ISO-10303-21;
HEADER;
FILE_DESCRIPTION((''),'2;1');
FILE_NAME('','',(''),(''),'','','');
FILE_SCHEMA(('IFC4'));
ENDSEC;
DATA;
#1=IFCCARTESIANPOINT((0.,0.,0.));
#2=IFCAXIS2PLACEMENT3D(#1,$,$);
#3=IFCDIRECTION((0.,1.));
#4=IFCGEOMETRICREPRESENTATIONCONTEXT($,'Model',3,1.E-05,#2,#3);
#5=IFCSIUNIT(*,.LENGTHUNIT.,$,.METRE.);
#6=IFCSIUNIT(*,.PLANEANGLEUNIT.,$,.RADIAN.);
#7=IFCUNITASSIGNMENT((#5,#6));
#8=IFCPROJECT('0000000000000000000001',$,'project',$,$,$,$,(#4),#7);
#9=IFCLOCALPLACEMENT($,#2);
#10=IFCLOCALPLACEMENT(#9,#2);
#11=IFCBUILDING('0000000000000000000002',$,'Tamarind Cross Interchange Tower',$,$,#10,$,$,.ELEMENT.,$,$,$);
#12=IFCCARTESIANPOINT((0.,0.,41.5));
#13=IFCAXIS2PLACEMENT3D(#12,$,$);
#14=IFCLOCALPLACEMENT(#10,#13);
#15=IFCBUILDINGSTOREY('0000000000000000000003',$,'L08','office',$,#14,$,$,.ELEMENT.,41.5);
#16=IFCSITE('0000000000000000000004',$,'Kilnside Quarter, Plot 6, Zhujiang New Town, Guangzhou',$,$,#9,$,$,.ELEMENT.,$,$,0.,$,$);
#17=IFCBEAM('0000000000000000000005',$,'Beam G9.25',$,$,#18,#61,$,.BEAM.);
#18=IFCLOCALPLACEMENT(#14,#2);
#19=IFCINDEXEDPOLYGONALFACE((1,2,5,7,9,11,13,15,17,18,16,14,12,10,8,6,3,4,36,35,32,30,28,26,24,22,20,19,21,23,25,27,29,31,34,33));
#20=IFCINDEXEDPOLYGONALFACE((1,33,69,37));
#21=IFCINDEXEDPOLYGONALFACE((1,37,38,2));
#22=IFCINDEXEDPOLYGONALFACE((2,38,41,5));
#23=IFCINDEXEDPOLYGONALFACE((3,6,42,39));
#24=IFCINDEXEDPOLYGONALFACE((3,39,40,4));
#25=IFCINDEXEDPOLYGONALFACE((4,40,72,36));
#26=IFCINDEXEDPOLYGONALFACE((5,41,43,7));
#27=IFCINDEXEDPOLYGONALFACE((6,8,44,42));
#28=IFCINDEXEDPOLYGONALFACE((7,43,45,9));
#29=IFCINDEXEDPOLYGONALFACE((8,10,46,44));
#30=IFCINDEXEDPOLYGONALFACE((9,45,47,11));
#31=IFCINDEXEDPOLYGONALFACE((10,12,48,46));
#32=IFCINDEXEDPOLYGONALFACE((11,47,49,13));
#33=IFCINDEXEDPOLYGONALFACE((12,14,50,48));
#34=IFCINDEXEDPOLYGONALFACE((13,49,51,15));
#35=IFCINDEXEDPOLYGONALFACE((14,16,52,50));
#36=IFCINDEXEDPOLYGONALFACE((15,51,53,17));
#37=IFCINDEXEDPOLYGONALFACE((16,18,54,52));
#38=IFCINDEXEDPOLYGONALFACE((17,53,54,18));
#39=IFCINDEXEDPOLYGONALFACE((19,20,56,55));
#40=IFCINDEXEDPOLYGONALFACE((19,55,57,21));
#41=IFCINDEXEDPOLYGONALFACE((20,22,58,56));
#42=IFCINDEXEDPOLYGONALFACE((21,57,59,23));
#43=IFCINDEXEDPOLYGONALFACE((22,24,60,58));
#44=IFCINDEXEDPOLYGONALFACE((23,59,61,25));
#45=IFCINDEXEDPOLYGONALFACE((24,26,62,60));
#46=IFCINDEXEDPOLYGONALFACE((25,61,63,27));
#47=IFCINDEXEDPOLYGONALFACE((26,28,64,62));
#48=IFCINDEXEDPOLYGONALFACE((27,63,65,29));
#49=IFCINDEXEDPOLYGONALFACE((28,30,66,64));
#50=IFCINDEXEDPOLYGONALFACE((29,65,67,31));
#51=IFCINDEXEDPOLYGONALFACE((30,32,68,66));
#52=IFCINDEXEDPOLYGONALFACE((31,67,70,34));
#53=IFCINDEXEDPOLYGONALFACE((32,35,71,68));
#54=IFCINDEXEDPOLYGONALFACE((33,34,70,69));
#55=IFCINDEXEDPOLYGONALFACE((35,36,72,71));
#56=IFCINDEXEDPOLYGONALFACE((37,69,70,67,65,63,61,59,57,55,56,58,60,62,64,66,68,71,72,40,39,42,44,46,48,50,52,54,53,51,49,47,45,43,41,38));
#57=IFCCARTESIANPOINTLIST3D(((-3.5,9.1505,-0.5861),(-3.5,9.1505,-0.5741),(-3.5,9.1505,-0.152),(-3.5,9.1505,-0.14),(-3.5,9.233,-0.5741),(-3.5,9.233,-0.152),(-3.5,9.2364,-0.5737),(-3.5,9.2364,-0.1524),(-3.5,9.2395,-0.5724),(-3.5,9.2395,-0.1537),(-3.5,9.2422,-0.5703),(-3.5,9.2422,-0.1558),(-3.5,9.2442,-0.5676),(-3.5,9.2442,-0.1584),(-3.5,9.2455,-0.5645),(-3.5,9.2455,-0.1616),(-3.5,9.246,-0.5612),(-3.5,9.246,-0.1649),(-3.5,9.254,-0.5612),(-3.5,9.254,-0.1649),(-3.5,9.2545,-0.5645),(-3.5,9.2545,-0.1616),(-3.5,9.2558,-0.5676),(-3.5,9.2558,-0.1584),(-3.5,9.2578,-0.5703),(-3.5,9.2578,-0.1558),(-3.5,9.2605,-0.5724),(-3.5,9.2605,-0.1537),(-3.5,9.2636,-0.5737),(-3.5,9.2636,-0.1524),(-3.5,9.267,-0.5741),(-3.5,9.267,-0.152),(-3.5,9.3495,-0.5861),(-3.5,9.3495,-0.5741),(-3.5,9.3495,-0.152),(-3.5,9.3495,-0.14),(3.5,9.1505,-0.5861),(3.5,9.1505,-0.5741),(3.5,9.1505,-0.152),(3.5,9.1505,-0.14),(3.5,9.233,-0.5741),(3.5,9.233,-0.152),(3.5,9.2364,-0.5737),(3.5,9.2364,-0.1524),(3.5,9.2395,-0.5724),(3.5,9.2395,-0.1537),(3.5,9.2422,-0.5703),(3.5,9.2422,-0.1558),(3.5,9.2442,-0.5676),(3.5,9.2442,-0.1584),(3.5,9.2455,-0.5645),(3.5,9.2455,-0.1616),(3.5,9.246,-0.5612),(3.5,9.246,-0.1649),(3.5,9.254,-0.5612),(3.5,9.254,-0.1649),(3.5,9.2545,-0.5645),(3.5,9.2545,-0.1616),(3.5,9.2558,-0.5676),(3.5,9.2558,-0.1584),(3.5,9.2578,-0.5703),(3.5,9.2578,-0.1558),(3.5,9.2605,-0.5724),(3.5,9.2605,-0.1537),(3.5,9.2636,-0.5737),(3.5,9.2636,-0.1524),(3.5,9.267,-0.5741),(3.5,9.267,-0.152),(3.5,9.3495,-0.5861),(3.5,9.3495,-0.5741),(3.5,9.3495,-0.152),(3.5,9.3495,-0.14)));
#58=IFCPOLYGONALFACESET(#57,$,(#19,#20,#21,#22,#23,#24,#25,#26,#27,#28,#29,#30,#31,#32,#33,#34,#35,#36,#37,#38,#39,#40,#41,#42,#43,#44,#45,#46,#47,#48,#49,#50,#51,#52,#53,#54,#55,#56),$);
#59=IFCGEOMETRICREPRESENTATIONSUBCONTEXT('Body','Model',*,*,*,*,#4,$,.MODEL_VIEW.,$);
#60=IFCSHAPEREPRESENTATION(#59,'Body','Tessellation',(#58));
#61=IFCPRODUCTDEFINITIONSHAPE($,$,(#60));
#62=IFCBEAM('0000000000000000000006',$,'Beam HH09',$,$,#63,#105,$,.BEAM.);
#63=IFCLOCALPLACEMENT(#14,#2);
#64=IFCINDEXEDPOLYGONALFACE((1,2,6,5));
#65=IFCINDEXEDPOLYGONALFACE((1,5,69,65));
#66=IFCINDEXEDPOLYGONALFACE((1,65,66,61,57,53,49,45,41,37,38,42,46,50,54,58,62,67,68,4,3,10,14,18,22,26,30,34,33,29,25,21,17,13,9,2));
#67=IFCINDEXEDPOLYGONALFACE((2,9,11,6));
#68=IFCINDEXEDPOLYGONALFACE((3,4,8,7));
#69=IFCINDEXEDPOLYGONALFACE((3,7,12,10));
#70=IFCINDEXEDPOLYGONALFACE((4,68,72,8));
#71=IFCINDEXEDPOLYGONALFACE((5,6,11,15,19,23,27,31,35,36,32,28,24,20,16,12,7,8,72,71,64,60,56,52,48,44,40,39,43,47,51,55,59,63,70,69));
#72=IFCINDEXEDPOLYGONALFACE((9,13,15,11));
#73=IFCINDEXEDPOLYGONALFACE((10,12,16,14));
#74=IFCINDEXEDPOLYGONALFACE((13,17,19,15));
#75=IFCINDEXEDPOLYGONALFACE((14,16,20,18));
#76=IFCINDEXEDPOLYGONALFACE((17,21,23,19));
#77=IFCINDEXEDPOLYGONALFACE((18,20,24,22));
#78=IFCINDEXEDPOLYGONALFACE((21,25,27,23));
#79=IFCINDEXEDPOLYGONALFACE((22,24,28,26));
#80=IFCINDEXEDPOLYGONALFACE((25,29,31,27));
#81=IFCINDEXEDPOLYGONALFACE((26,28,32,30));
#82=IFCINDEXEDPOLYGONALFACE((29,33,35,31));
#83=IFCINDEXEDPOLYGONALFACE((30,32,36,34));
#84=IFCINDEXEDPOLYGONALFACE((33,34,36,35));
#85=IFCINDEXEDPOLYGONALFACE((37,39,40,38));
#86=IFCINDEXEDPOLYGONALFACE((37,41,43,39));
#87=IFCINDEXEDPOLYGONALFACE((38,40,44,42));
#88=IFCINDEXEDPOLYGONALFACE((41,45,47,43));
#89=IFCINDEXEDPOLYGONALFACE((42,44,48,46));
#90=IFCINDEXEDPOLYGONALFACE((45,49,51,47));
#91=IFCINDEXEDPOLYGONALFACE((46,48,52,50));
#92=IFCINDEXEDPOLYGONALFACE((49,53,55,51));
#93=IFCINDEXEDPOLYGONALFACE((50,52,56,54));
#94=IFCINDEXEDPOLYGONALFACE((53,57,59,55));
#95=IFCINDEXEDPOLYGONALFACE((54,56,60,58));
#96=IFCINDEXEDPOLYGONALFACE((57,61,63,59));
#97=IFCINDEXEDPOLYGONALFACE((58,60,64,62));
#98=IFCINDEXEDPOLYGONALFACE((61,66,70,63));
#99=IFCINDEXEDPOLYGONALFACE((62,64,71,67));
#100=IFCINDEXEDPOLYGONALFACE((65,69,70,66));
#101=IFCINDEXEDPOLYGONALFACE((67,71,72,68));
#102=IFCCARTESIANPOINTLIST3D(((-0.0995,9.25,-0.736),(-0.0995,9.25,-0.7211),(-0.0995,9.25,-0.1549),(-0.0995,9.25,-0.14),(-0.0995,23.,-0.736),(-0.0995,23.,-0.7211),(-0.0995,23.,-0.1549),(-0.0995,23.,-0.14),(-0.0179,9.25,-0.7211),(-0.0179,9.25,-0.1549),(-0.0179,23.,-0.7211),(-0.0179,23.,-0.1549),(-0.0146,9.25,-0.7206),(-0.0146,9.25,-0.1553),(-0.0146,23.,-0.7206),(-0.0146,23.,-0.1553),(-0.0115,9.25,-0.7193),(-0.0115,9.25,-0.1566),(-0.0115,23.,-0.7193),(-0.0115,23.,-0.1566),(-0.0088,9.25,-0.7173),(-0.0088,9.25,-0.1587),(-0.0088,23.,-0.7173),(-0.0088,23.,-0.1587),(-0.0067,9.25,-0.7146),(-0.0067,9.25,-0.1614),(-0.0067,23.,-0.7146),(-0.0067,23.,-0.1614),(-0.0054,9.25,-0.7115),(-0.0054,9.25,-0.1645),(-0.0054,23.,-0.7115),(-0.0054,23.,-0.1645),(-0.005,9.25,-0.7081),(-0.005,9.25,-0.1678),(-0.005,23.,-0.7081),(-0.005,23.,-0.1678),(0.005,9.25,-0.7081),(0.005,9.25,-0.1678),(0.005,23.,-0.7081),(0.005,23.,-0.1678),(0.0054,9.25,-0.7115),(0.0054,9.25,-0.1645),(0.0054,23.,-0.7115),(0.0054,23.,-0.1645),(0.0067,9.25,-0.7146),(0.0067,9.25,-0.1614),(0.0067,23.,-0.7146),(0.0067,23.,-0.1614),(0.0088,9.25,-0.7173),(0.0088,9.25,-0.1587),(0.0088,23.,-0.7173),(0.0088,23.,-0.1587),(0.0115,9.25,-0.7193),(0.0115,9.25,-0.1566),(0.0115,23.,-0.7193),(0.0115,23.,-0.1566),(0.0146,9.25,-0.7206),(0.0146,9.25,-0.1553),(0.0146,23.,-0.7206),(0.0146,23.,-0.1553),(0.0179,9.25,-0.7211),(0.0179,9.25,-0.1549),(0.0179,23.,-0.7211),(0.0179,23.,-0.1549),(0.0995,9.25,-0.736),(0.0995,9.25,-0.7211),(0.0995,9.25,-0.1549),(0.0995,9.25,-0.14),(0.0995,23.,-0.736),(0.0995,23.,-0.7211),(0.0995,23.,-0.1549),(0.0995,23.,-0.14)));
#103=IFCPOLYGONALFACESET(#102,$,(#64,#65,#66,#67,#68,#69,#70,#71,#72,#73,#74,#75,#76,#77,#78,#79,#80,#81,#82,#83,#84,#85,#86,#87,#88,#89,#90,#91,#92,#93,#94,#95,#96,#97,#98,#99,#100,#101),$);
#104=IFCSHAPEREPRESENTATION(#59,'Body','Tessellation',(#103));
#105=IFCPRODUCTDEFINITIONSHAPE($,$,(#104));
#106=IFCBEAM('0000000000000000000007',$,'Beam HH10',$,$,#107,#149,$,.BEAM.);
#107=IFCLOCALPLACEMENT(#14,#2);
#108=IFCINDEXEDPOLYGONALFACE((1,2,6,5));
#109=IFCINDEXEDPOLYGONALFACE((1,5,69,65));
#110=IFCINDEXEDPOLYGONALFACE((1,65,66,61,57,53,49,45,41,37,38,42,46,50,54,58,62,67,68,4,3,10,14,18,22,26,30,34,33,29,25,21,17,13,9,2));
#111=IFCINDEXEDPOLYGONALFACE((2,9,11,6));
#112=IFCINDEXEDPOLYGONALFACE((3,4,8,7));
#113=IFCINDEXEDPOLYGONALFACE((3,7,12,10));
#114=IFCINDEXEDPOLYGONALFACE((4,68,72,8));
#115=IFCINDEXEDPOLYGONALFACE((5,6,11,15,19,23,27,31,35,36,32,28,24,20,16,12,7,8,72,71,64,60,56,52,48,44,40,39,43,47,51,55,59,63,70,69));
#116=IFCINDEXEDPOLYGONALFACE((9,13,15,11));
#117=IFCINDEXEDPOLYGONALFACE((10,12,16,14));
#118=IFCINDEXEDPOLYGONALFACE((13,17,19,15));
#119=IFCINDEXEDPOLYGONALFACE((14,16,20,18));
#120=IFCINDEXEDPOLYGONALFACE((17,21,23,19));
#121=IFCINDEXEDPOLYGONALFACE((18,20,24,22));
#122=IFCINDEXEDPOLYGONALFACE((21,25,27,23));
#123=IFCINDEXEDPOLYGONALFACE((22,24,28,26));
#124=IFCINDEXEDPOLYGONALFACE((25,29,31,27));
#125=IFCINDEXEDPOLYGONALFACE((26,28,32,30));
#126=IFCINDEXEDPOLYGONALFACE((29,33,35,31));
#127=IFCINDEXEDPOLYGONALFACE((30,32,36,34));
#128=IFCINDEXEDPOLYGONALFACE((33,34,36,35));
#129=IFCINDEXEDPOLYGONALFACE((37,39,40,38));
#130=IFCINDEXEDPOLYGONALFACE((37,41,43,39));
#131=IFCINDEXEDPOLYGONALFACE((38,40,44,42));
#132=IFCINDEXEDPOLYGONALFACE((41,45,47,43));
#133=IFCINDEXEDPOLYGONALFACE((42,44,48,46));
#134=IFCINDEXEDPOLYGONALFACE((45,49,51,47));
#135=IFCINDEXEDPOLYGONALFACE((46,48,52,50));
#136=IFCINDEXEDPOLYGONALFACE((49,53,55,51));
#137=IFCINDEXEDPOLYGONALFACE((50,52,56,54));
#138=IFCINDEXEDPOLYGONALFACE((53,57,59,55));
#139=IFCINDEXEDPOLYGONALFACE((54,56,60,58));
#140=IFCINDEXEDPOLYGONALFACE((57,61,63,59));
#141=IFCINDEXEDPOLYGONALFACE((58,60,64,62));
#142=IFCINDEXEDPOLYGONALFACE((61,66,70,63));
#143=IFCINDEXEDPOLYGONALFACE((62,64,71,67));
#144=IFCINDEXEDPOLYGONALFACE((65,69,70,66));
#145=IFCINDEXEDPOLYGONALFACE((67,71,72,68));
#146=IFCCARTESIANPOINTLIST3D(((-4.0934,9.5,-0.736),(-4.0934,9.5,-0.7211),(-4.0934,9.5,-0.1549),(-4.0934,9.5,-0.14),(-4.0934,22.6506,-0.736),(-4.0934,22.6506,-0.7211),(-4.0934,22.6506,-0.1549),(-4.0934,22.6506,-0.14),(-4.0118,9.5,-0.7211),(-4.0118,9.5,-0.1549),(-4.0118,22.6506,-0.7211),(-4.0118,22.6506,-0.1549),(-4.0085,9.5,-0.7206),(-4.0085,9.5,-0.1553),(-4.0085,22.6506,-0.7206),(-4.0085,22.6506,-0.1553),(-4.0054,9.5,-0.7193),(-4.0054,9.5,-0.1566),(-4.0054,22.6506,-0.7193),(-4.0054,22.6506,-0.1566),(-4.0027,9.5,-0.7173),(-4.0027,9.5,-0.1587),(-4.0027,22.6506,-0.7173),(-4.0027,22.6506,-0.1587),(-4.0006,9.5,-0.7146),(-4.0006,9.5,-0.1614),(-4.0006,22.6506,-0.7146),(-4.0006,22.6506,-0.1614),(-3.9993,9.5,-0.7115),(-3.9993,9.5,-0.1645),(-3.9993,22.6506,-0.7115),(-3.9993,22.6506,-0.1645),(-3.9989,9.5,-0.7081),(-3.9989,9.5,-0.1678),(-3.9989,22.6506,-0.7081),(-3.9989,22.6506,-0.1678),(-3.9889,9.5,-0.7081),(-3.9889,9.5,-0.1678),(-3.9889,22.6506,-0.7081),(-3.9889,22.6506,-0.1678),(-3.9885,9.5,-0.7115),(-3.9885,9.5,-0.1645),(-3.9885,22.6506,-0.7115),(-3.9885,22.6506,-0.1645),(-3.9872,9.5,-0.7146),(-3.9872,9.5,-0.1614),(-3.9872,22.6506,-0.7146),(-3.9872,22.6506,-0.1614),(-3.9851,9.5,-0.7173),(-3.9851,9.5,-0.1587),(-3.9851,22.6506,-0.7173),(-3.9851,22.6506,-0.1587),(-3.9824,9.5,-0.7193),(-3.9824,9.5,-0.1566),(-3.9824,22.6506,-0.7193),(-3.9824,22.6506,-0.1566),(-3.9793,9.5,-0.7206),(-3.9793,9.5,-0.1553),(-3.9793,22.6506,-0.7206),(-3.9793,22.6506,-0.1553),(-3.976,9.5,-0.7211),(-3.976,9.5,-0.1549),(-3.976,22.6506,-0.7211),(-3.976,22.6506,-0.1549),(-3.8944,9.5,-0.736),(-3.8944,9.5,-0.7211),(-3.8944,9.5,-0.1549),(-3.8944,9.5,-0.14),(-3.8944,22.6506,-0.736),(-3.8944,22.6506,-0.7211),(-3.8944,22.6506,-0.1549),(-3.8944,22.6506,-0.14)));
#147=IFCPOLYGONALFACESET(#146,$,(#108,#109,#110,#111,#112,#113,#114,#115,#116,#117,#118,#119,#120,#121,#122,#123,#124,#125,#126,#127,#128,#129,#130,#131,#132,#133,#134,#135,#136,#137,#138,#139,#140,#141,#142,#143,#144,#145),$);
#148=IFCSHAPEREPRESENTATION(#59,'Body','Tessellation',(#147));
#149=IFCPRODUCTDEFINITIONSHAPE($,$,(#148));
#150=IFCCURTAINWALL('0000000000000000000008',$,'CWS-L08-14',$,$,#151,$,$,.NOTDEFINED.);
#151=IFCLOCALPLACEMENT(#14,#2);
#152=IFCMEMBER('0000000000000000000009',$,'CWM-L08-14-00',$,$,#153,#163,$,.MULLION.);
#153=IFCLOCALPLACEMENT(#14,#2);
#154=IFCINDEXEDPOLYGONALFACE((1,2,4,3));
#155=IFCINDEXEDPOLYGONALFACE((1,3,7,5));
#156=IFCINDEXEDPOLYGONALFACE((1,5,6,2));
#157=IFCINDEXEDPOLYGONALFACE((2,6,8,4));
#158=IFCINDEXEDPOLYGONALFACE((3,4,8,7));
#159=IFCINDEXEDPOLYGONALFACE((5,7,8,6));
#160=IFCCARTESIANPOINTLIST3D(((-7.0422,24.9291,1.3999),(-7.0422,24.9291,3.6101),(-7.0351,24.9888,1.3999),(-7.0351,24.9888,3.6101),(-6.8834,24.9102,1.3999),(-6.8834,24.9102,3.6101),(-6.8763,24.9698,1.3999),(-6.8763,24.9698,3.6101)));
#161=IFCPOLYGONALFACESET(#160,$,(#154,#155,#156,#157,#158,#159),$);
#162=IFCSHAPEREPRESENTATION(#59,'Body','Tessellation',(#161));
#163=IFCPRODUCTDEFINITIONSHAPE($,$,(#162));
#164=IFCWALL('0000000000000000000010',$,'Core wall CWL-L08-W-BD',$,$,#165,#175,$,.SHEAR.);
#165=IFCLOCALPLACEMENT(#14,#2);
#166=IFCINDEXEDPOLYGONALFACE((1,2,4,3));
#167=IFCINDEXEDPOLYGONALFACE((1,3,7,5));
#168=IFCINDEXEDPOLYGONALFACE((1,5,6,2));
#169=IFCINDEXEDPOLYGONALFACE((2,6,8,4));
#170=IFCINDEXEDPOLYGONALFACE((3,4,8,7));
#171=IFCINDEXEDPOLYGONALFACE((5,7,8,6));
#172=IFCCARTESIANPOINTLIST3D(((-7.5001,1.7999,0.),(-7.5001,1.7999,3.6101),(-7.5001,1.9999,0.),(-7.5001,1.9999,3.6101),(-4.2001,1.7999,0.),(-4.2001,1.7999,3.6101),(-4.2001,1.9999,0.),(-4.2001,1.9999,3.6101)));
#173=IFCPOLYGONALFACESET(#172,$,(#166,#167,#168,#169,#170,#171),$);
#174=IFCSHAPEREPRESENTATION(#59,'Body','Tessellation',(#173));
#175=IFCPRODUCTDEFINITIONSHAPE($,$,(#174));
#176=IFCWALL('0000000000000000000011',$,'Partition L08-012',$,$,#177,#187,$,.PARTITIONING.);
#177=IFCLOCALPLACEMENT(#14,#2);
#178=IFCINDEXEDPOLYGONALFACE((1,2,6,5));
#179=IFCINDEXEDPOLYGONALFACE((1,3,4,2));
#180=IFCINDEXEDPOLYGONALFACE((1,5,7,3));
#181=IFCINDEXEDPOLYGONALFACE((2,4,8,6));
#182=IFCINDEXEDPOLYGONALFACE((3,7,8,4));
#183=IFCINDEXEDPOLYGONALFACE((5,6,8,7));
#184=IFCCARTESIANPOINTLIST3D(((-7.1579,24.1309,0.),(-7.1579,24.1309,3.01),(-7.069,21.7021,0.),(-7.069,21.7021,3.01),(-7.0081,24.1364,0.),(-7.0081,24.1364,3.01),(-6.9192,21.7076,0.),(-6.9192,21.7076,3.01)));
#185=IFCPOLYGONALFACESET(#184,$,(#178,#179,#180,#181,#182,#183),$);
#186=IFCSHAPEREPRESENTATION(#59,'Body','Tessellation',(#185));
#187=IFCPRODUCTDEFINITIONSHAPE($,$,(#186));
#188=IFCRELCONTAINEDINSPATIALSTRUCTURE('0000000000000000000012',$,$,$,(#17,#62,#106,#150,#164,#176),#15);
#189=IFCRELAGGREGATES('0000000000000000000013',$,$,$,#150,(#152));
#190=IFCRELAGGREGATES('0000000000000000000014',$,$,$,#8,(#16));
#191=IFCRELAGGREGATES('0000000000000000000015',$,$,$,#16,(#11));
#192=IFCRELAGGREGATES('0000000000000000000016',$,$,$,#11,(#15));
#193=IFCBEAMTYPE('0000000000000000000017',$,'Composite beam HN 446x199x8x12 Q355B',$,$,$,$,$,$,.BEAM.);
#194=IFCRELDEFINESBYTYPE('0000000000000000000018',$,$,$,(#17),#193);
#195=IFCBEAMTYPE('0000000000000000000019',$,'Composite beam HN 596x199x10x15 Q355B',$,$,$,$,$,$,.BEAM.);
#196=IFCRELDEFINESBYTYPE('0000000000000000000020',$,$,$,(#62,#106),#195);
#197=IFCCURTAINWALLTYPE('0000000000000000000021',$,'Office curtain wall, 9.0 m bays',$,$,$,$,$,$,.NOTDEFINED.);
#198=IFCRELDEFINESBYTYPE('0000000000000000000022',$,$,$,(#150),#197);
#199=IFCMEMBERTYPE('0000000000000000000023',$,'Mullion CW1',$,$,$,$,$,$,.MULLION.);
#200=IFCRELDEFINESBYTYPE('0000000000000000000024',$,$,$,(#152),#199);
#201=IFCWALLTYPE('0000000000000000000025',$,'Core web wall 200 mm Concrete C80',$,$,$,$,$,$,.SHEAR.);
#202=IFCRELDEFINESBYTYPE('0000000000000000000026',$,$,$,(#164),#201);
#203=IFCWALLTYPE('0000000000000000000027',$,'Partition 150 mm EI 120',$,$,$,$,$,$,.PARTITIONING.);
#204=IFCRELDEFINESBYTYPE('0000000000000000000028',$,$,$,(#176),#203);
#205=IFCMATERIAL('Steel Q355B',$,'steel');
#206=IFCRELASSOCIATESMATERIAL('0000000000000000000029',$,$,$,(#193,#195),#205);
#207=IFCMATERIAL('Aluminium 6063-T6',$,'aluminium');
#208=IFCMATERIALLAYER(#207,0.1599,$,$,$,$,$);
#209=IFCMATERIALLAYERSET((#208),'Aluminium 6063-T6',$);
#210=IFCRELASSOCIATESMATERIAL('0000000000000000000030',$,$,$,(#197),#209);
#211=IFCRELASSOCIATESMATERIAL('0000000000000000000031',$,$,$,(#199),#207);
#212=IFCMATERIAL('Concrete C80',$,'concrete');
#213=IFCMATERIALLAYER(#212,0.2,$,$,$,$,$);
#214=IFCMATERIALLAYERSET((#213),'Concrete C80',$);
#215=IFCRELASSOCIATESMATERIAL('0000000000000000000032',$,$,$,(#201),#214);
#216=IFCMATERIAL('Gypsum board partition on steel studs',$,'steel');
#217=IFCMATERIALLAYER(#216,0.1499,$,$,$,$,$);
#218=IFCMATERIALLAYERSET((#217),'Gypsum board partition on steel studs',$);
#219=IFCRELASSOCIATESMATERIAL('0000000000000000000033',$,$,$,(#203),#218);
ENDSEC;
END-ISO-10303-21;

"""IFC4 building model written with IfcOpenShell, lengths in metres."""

from ifc_helpers import new_model, si_unit, direction, frame, frame_2d, origin, origin_2d, place, context, subcontext, project, spatial, rectangle, i_section, extrude, material, layer, layer_set, material_profile, profile_set, type_object, element, aggregate, save


model = new_model("IFC4")

# Units and contexts
model_context = context("Model", 3, precision=1e-05, world=origin(), true_north=direction((0.0, 1.0)))
body_context = subcontext(model_context, "Body", "Model", "MODEL_VIEW")
ifc_project = project(units=[si_unit("LENGTHUNIT", "METRE"), si_unit("PLANEANGLEUNIT", "RADIAN")], contexts=[model_context])

# Site, building, storey
site_placement = place(None, origin())
site = spatial("IfcSite", under=ifc_project, at=site_placement, Name="Kilnside Quarter, Plot 6, Zhujiang New Town, Guangzhou", CompositionType="ELEMENT", RefElevation=0.0)
building_placement = place(site_placement, origin())
building = spatial("IfcBuilding", under=site, at=building_placement, Name="Tamarind Cross Interchange Tower", CompositionType="ELEMENT")
storey_placement = place(building_placement, frame((0.0, 0.0, 41.5)))
storey = spatial("IfcBuildingStorey", under=building, at=storey_placement, Name="L08", Description="office", CompositionType="ELEMENT", Elevation=41.5)

# Beams
ifc_material_1 = material(Name="Steel Q355B", Category="steel")
ifc_material_profile_1 = material_profile(ifc_material_1, i_section(OverallWidth=0.199, OverallDepth=0.446, WebThickness=0.0081, FlangeThickness=0.012, FilletRadius=0.0129, at=origin_2d()), Name="HN 446x199x8x12")
ifc_profile_set_1 = profile_set([ifc_material_profile_1], Name="Steel Q355B")
beam_type_1 = type_object("IfcBeamType", Name="Composite beam HN 446x199x8x12 Q355B", PredefinedType="BEAM", material=ifc_profile_set_1)
for number, where, z_axis, x_axis, name in (
    (1, (-3.5, 9.25, -0.363), (1.0, 0.0, 0.0), (0.0, 1.0, 0.0), "Beam G9.25"),
):
    element("IfcBeam", number, at=place(storey_placement, frame(where, z_axis=z_axis, x_axis=x_axis)), inside=storey, type_object=beam_type_1, Name=name, PredefinedType="BEAM", context=body_context, shape_type="SweptSolid", body=[
        extrude(i_section(OverallWidth=0.199, OverallDepth=0.446, WebThickness=0.0081, FlangeThickness=0.012, FilletRadius=0.0129, at=origin_2d()), origin(), (0.0, 0.0, 1.0), 7.0),
    ])
ifc_material_profile_2 = material_profile(ifc_material_1, i_section(OverallWidth=0.199, OverallDepth=0.5959, WebThickness=0.01, FlangeThickness=0.0149, FilletRadius=0.0129, at=origin_2d()), Name="HN 596x199x10x15")
ifc_profile_set_2 = profile_set([ifc_material_profile_2], Name="Steel Q355B")
beam_type_2 = type_object("IfcBeamType", Name="Composite beam HN 596x199x10x15 Q355B", PredefinedType="BEAM", material=ifc_profile_set_2)
beam_1_placement = place(storey_placement, frame((0.0, 23.0, -0.438), z_axis=(0.0, -1.0, 0.0), x_axis=(1.0, 0.0, 0.0)))
element("IfcBeam", 2, at=beam_1_placement, inside=storey, type_object=beam_type_2, Name="Beam HH09", PredefinedType="BEAM", context=body_context, shape_type="SweptSolid", body=[
    extrude(i_section(OverallWidth=0.199, OverallDepth=0.5959, WebThickness=0.01, FlangeThickness=0.0149, FilletRadius=0.0129, at=origin_2d()), origin(), (0.0, 0.0, 1.0), 13.75),
])
beam_2_placement = place(storey_placement, frame((-3.9939, 22.6506, -0.438), z_axis=(0.0, -1.0, 0.0), x_axis=(1.0, 0.0, 0.0)))
element("IfcBeam", 3, at=beam_2_placement, inside=storey, type_object=beam_type_2, Name="Beam HH10", PredefinedType="BEAM", context=body_context, shape_type="SweptSolid", body=[
    extrude(i_section(OverallWidth=0.199, OverallDepth=0.5959, WebThickness=0.01, FlangeThickness=0.0149, FilletRadius=0.0129, at=origin_2d()), origin(), (0.0, 0.0, 1.0), 13.1506),
])

# Curtain wall, member
ifc_material_2 = material(Name="Aluminium 6063-T6", Category="aluminium")
ifc_layer_1 = layer(ifc_material_2, 0.1599)
ifc_layer_set_1 = layer_set([ifc_layer_1], Name="Aluminium 6063-T6")
curtain_wall_type = type_object("IfcCurtainWallType", Name="Office curtain wall, 9.0 m bays", PredefinedType="NOTDEFINED", material=ifc_layer_set_1)
curtain_wall_placement = place(storey_placement, origin())
curtain_wall = element("IfcCurtainWall", 4, at=curtain_wall_placement, inside=storey, type_object=curtain_wall_type, Name="CWS-L08-14", PredefinedType="NOTDEFINED")
ifc_material_profile_3 = material_profile(ifc_material_2, rectangle(XDim=0.0601, YDim=0.1599, at=origin_2d()), Name="Mullion CW1")
ifc_profile_set_3 = profile_set([ifc_material_profile_3], Name="Aluminium 6063-T6")
member_type = type_object("IfcMemberType", Name="Mullion CW1", PredefinedType="MULLION", material=ifc_profile_set_3)
member_placement = place(storey_placement, frame((-6.9592, 24.9495, 1.3999), z_axis=(0.0, 0.0, 1.0), x_axis=(-0.118714, -0.992928, 0.0)))
member = element("IfcMember", 5, at=member_placement, type_object=member_type, Name="CWM-L08-14-00", PredefinedType="MULLION", context=body_context, shape_type="SweptSolid", body=[
    extrude(rectangle(XDim=0.0601, YDim=0.1599, at=origin_2d()), origin(), (0.0, 0.0, 1.0), 2.2102),
])
aggregate(curtain_wall, [member])

# Walls
ifc_material_3 = material(Name="Concrete C80", Category="concrete")
ifc_layer_2 = layer(ifc_material_3, 0.2)
ifc_layer_set_2 = layer_set([ifc_layer_2], Name="Concrete C80")
wall_type_1 = type_object("IfcWallType", Name="Core web wall 200 mm Concrete C80", PredefinedType="SHEAR", material=ifc_layer_set_2)
wall_1_placement = place(storey_placement, frame((-7.5, 1.8999, 0.0), z_axis=(0.0, 0.0, 1.0), x_axis=(1.0, 0.0, 0.0)))
element("IfcWall", 6, at=wall_1_placement, inside=storey, type_object=wall_type_1, Name="Core wall CWL-L08-W-BD", PredefinedType="SHEAR", context=body_context, shape_type="SweptSolid", body=[
    extrude(rectangle(XDim=3.3, YDim=0.2, at=frame_2d((1.6499, 0.0))), origin(), (0.0, 0.0, 1.0), 3.6101),
])
ifc_material_4 = material(Name="Gypsum board partition on steel studs", Category="steel")
ifc_layer_3 = layer(ifc_material_4, 0.1499)
ifc_layer_set_3 = layer_set([ifc_layer_3], Name="Gypsum board partition on steel studs")
wall_type_2 = type_object("IfcWallType", Name="Partition 150 mm EI 120", PredefinedType="PARTITIONING", material=ifc_layer_set_3)
wall_2_placement = place(storey_placement, frame((-7.083, 24.1338, 0.0), z_axis=(0.0, 0.0, 1.0), x_axis=(0.036566, -0.999331, 0.0)))
element("IfcWall", 7, at=wall_2_placement, inside=storey, type_object=wall_type_2, Name="Partition L08-012", PredefinedType="PARTITIONING", context=body_context, shape_type="SweptSolid", body=[
    extrude(rectangle(XDim=2.4304, YDim=0.1499, at=frame_2d((1.2153, 0.0))), origin(), (0.0, 0.0, 1.0), 3.01),
])

save(model, "model.ifc")
